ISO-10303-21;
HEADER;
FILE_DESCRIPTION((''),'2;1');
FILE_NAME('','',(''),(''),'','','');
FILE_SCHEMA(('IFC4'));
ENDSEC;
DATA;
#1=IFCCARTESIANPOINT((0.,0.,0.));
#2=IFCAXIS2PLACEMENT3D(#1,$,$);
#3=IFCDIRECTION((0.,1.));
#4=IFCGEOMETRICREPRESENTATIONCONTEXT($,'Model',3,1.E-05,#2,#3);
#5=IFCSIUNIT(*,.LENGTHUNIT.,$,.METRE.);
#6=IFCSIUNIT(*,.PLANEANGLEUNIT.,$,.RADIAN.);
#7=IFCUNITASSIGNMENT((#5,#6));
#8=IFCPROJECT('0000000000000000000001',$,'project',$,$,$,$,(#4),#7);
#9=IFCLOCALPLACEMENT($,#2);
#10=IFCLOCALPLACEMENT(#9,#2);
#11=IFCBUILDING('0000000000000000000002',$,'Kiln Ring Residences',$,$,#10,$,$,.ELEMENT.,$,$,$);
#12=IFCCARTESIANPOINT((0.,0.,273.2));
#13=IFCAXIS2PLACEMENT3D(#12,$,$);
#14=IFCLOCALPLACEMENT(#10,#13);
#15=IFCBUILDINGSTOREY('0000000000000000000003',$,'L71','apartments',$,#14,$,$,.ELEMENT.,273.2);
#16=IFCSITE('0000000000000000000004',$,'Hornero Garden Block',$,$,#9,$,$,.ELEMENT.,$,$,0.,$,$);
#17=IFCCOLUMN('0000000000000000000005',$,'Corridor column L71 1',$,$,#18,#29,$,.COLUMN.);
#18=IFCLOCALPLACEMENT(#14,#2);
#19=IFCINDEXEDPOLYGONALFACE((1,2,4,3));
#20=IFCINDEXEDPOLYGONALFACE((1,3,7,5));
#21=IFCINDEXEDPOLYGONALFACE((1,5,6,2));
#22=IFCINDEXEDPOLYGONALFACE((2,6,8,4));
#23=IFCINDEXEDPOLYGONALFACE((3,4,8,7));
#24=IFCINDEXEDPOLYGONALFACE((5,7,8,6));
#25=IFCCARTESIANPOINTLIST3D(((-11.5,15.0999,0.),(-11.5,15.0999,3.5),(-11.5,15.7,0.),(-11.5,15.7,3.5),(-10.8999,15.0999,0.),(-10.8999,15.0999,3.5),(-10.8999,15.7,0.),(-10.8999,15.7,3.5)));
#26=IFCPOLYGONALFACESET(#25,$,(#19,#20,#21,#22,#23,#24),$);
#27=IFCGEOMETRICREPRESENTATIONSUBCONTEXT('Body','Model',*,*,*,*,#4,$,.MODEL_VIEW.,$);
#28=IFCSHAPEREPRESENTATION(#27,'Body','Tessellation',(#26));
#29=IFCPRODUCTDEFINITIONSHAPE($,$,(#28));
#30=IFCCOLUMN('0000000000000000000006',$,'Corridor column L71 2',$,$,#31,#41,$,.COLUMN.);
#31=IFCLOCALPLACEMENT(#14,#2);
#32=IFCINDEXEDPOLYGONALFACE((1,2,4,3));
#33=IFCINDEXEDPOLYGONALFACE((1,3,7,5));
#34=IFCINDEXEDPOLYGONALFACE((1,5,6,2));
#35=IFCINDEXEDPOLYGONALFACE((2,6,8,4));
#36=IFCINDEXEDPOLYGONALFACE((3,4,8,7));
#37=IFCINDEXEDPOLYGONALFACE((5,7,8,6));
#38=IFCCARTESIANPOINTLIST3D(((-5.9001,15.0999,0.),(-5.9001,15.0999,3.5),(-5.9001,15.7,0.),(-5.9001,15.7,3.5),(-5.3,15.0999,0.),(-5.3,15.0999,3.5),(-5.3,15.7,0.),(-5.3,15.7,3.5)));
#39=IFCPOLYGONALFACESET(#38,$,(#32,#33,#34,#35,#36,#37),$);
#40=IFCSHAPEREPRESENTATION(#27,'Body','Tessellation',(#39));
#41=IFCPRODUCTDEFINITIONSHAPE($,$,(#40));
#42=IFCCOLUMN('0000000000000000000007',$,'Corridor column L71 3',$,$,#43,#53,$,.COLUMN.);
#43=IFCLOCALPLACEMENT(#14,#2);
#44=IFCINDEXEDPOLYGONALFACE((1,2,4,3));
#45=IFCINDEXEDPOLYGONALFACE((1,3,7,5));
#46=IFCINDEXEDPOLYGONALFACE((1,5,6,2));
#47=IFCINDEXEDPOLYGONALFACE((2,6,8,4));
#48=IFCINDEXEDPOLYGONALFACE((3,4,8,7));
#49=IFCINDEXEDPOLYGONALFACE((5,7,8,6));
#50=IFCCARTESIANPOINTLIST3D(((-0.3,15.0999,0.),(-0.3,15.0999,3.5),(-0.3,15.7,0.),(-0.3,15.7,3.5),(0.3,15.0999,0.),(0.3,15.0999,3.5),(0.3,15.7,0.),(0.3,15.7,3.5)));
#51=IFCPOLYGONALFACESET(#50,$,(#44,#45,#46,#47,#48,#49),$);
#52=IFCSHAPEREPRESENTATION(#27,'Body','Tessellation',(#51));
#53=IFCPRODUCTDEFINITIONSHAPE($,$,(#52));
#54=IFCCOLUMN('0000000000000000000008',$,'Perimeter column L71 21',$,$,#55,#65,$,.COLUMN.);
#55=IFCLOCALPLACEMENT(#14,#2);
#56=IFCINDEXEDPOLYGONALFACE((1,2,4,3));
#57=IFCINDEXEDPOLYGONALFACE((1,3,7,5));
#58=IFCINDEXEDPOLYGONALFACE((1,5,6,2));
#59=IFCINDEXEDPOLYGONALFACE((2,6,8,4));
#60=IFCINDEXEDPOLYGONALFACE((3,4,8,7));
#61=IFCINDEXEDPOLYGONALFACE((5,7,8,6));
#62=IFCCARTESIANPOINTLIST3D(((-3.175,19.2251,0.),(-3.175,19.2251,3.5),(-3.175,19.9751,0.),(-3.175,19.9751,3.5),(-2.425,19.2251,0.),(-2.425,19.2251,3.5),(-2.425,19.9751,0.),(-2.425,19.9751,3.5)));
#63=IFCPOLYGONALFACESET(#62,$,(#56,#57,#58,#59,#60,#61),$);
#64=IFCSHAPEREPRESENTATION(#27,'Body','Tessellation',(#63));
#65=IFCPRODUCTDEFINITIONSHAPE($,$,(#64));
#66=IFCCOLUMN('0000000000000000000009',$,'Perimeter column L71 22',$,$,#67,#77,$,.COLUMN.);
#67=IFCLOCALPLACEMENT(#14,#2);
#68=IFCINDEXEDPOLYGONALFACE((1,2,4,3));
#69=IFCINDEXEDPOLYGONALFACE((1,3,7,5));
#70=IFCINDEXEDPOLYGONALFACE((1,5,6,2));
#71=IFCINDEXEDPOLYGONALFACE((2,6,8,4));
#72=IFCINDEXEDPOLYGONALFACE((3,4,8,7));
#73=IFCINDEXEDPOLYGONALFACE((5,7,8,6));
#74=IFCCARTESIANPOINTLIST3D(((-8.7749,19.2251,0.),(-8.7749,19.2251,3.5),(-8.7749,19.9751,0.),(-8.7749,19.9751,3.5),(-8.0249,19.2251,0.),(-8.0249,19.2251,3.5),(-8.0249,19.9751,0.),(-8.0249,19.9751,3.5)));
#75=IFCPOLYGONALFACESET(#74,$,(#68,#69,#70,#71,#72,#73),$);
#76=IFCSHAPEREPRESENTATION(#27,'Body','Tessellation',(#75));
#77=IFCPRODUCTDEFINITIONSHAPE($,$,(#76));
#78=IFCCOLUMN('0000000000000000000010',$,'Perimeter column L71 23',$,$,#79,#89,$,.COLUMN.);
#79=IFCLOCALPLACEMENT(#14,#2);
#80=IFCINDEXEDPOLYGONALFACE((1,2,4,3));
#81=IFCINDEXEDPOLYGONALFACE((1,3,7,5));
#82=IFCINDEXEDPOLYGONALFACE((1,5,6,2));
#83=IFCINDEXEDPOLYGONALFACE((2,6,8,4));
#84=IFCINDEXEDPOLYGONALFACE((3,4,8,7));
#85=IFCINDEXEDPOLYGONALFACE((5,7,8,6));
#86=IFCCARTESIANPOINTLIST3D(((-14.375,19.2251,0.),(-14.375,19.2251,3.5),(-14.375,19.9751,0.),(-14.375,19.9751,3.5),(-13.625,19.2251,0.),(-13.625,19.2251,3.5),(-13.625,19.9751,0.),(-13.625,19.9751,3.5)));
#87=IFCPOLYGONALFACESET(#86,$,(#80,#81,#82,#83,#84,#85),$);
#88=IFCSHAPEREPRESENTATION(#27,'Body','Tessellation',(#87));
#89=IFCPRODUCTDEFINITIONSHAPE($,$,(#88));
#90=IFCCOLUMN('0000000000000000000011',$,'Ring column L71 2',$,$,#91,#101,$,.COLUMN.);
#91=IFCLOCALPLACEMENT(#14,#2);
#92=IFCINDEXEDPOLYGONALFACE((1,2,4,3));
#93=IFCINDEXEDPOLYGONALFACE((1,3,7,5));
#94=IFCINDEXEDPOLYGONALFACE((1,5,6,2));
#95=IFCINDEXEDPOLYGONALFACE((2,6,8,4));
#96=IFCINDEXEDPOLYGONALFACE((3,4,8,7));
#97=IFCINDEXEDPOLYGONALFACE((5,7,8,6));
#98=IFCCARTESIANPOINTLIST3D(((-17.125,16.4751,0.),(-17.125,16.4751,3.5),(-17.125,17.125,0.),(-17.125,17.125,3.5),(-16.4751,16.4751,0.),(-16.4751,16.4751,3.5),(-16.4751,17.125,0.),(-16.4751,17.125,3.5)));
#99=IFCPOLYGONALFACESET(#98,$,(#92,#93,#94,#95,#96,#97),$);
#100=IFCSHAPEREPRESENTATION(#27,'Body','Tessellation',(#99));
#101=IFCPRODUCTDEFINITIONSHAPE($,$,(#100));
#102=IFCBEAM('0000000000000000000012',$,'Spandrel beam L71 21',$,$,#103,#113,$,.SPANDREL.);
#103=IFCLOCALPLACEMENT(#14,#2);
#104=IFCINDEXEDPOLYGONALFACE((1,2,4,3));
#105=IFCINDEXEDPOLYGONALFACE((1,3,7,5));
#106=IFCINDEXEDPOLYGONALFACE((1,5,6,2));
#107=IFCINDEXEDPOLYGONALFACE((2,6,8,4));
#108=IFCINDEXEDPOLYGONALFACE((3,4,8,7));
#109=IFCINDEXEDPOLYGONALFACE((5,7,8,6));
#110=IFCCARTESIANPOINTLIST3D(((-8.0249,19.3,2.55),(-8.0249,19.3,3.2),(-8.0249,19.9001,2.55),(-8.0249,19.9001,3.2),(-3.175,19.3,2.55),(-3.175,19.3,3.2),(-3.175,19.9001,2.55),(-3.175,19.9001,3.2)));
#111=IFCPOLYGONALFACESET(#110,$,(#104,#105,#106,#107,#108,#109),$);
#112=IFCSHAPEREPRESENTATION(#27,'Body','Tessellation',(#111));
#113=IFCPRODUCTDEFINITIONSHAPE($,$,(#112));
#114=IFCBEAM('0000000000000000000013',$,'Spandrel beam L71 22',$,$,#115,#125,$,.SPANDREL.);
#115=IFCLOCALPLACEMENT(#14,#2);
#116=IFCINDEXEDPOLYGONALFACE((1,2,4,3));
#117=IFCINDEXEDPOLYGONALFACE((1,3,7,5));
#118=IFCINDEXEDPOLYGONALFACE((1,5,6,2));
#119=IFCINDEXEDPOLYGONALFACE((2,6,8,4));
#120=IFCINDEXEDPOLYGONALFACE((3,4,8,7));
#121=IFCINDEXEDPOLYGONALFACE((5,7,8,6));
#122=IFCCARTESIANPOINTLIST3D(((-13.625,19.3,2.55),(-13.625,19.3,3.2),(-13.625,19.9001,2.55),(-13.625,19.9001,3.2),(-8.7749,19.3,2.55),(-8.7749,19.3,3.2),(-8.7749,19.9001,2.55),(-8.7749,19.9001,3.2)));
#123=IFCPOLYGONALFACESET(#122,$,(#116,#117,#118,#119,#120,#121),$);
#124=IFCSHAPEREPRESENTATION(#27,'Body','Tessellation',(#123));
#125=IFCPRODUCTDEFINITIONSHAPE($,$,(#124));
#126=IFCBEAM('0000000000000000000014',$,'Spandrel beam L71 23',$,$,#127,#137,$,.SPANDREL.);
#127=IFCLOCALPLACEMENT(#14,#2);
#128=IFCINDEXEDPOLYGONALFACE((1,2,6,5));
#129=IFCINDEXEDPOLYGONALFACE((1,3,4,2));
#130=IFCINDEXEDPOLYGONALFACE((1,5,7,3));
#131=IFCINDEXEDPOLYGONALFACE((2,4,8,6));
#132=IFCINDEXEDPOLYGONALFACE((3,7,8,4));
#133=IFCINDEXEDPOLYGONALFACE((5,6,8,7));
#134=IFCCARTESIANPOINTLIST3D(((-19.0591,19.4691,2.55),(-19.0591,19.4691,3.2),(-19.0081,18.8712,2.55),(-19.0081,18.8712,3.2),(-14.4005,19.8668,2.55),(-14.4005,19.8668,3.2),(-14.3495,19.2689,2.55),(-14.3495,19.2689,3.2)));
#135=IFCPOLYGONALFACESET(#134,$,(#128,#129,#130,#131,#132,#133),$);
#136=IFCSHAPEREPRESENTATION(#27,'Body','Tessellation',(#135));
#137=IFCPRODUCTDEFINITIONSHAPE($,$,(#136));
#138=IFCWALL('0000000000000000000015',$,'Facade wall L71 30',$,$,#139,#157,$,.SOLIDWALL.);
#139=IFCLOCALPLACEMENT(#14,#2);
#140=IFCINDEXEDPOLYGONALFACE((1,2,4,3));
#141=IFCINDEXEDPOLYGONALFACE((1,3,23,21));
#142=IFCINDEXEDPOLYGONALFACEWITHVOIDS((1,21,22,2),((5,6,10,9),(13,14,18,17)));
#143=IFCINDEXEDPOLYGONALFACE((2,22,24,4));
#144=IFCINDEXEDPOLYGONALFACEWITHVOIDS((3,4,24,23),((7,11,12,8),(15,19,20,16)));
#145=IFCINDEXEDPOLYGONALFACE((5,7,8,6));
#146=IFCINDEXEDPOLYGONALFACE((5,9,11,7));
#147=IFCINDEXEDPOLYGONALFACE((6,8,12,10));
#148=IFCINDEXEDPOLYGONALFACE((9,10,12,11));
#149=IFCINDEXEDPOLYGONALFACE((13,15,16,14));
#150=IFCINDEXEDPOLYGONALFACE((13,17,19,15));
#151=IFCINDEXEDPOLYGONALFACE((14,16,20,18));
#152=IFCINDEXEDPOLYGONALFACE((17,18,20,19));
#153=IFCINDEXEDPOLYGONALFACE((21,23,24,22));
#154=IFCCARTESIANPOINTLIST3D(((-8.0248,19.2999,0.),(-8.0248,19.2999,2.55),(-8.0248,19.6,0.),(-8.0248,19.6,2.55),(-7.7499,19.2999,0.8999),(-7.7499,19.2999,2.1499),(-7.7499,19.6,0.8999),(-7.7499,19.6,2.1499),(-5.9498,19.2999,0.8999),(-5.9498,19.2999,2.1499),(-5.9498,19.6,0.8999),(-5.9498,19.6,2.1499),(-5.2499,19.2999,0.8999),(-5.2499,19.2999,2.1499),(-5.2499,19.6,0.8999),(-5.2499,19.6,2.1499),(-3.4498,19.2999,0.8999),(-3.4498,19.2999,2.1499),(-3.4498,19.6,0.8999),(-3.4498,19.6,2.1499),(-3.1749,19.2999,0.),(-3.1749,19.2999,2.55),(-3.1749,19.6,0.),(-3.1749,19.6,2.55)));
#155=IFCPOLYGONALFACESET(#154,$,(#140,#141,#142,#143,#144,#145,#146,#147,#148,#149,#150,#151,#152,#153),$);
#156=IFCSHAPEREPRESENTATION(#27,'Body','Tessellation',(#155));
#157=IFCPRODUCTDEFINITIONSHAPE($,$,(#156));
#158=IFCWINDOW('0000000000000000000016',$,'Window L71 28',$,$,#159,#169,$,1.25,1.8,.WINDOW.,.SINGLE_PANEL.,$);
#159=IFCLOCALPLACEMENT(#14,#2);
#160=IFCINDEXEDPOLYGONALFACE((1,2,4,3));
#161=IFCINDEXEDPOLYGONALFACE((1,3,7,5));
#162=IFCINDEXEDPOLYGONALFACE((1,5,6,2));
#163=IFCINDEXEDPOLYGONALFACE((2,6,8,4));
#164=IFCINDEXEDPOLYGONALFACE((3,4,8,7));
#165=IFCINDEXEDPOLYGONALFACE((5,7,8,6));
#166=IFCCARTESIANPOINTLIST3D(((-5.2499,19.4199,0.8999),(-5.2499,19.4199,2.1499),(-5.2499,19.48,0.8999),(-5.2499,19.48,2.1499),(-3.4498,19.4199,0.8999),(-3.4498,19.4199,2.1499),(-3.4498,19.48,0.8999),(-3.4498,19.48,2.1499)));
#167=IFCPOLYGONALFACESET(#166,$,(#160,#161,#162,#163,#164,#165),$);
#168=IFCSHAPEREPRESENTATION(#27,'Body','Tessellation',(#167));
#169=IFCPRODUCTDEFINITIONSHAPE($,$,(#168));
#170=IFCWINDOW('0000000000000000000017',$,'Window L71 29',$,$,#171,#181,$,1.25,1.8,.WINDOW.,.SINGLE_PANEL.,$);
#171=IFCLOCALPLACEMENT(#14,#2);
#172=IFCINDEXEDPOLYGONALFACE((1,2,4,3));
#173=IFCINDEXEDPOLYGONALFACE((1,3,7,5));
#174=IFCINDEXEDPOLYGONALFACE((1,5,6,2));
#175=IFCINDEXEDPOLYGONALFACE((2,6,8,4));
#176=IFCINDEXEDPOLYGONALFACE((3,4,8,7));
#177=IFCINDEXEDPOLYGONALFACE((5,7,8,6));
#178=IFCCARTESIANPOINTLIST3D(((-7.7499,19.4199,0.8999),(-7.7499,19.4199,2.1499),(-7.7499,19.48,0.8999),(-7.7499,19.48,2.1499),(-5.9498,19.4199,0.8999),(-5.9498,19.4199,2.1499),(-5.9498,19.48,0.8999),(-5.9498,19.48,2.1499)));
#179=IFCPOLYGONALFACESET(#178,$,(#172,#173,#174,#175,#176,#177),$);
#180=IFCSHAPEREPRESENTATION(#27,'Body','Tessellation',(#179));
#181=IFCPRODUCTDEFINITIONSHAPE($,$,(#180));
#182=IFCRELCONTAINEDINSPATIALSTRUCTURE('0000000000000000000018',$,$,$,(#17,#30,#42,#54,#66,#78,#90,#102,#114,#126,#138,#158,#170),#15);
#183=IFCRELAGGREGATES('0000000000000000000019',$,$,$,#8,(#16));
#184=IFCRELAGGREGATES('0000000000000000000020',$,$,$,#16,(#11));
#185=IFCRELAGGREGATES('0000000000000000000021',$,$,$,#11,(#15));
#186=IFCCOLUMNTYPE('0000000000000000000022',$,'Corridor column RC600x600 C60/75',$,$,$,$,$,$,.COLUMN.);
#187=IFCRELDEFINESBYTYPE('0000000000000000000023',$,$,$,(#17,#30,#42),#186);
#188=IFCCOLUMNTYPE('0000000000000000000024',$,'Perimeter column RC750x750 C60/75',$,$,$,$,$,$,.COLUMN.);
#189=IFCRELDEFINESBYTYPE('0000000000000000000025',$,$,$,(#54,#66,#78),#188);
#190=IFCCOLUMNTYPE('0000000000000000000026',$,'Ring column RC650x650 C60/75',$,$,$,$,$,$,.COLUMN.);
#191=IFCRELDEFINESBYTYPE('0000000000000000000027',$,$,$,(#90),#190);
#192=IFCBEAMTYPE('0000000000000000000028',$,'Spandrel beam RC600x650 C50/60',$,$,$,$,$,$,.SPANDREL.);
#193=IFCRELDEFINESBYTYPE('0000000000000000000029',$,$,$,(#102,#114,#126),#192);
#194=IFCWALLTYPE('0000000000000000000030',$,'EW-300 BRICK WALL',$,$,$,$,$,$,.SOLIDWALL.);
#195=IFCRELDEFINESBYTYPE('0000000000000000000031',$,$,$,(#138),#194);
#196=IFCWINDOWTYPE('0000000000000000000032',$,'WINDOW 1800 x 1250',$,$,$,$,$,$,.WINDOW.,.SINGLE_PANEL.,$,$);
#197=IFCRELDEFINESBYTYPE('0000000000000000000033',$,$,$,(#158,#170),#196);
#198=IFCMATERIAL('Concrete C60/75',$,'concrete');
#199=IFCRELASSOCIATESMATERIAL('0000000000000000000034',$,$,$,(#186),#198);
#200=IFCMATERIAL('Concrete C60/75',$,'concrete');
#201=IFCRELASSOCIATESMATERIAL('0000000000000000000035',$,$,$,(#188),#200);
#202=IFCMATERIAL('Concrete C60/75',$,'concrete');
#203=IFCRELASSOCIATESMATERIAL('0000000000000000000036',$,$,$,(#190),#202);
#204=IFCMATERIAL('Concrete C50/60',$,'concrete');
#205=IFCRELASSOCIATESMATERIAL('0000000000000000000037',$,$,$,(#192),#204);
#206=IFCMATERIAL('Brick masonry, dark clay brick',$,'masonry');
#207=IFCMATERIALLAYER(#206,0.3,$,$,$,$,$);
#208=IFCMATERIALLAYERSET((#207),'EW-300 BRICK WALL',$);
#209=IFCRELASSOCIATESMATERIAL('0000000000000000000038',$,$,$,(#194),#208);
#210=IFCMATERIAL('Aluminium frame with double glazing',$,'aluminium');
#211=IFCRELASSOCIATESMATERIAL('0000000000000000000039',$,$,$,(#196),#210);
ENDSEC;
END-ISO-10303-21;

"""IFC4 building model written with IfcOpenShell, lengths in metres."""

from ifc_helpers import new_model, si_unit, direction, frame, frame_2d, origin, origin_2d, place, context, subcontext, project, spatial, rectangle, extrude, material, layer, layer_set, material_profile, profile_set, type_object, element, fill, save


model = new_model("IFC4")

# Units and contexts
model_context = context("Model", 3, precision=1e-05, world=origin(), true_north=direction((0.0, 1.0)))
body_context = subcontext(model_context, "Body", "Model", "MODEL_VIEW")
ifc_project = project(units=[si_unit("LENGTHUNIT", "METRE"), si_unit("PLANEANGLEUNIT", "RADIAN")], contexts=[model_context])

# Site, building, storey
site_placement = place(None, origin())
site = spatial("IfcSite", under=ifc_project, at=site_placement, Name="Hornero Garden Block", CompositionType="ELEMENT", RefElevation=0.0)
building_placement = place(site_placement, origin())
building = spatial("IfcBuilding", under=site, at=building_placement, Name="Kiln Ring Residences", CompositionType="ELEMENT")
storey_placement = place(building_placement, frame((0.0, 0.0, 273.2)))
storey = spatial("IfcBuildingStorey", under=building, at=storey_placement, Name="L71", Description="apartments", CompositionType="ELEMENT", Elevation=273.2)

# Columns
ifc_material_1 = material(Name="Concrete C60/75", Category="concrete")
ifc_material_profile_1 = material_profile(ifc_material_1, rectangle(XDim=0.6001, YDim=0.6001, at=origin_2d()), Name="RC600x600")
ifc_profile_set_1 = profile_set([ifc_material_profile_1], Name="Concrete C60/75")
column_type_1 = type_object("IfcColumnType", Name="Corridor column RC600x600 C60/75", PredefinedType="COLUMN", material=ifc_profile_set_1)
for number, where, z_axis, x_axis, name in (
    (1, (-11.2, 15.3999, 0.0), (0.0, 0.0, 1.0), (1.0, 0.0, 0.0), "Corridor column L71 1"),
    (2, (-5.6001, 15.3999, 0.0), (0.0, 0.0, 1.0), (1.0, 0.0, 0.0), "Corridor column L71 2"),
    (3, (0.0, 15.3999, 0.0), (0.0, 0.0, 1.0), (1.0, 0.0, 0.0), "Corridor column L71 3"),
):
    element("IfcColumn", number, at=place(storey_placement, frame(where, z_axis=z_axis, x_axis=x_axis)), inside=storey, type_object=column_type_1, Name=name, PredefinedType="COLUMN", context=body_context, shape_type="SweptSolid", body=[
        extrude(rectangle(XDim=0.6001, YDim=0.6001, at=origin_2d()), origin(), (0.0, 0.0, 1.0), 3.5),
    ])
ifc_material_2 = material(Name="Concrete C60/75", Category="concrete")
ifc_material_profile_2 = material_profile(ifc_material_2, rectangle(XDim=0.75, YDim=0.75, at=origin_2d()), Name="RC750x750")
ifc_profile_set_2 = profile_set([ifc_material_profile_2], Name="Concrete C60/75")
column_type_2 = type_object("IfcColumnType", Name="Perimeter column RC750x750 C60/75", PredefinedType="COLUMN", material=ifc_profile_set_2)
for number, where, z_axis, x_axis, name in (
    (4, (-2.8, 19.6001, 0.0), (0.0, 0.0, 1.0), (1.0, 0.0, 0.0), "Perimeter column L71 21"),
    (5, (-8.3999, 19.6001, 0.0), (0.0, 0.0, 1.0), (1.0, 0.0, 0.0), "Perimeter column L71 22"),
    (6, (-14.0, 19.6001, 0.0), (0.0, 0.0, 1.0), (1.0, 0.0, 0.0), "Perimeter column L71 23"),
):
    element("IfcColumn", number, at=place(storey_placement, frame(where, z_axis=z_axis, x_axis=x_axis)), inside=storey, type_object=column_type_2, Name=name, PredefinedType="COLUMN", context=body_context, shape_type="SweptSolid", body=[
        extrude(rectangle(XDim=0.75, YDim=0.75, at=origin_2d()), origin(), (0.0, 0.0, 1.0), 3.5),
    ])
ifc_material_3 = material(Name="Concrete C60/75", Category="concrete")
ifc_material_profile_3 = material_profile(ifc_material_3, rectangle(XDim=0.6499, YDim=0.6499, at=origin_2d()), Name="RC650x650")
ifc_profile_set_3 = profile_set([ifc_material_profile_3], Name="Concrete C60/75")
column_type_3 = type_object("IfcColumnType", Name="Ring column RC650x650 C60/75", PredefinedType="COLUMN", material=ifc_profile_set_3)
column_placement = place(storey_placement, frame((-16.8, 16.8, 0.0), z_axis=(0.0, 0.0, 1.0), x_axis=(1.0, 0.0, 0.0)))
element("IfcColumn", 7, at=column_placement, inside=storey, type_object=column_type_3, Name="Ring column L71 2", PredefinedType="COLUMN", context=body_context, shape_type="SweptSolid", body=[
    extrude(rectangle(XDim=0.6499, YDim=0.6499, at=origin_2d()), origin(), (0.0, 0.0, 1.0), 3.5),
])

# Beams
ifc_material_4 = material(Name="Concrete C50/60", Category="concrete")
ifc_material_profile_4 = material_profile(ifc_material_4, rectangle(XDim=0.6001, YDim=0.6499, at=origin_2d()), Name="RC600x650")
ifc_profile_set_4 = profile_set([ifc_material_profile_4], Name="Concrete C50/60")
beam_type = type_object("IfcBeamType", Name="Spandrel beam RC600x650 C50/60", PredefinedType="SPANDREL", material=ifc_profile_set_4)
beam_1_placement = place(storey_placement, frame((-3.175, 19.6001, 2.875), z_axis=(-1.0, 0.0, 0.0), x_axis=(0.0, -1.0, 0.0)))
element("IfcBeam", 8, at=beam_1_placement, inside=storey, type_object=beam_type, Name="Spandrel beam L71 21", PredefinedType="SPANDREL", context=body_context, shape_type="SweptSolid", body=[
    extrude(rectangle(XDim=0.6001, YDim=0.6499, at=origin_2d()), origin(), (0.0, 0.0, 1.0), 4.8499),
])
beam_2_placement = place(storey_placement, frame((-8.7749, 19.6001, 2.875), z_axis=(-1.0, 0.0, 0.0), x_axis=(0.0, -1.0, 0.0)))
element("IfcBeam", 9, at=beam_2_placement, inside=storey, type_object=beam_type, Name="Spandrel beam L71 22", PredefinedType="SPANDREL", context=body_context, shape_type="SweptSolid", body=[
    extrude(rectangle(XDim=0.6001, YDim=0.6499, at=origin_2d()), origin(), (0.0, 0.0, 1.0), 4.8501),
])
beam_3_placement = place(storey_placement, frame((-14.375, 19.5679, 2.875), z_axis=(-0.996376, -0.085059, 0.0), x_axis=(0.085059, -0.996376, 0.0)))
element("IfcBeam", 10, at=beam_3_placement, inside=storey, type_object=beam_type, Name="Spandrel beam L71 23", PredefinedType="SPANDREL", context=body_context, shape_type="SweptSolid", body=[
    extrude(rectangle(XDim=0.6001, YDim=0.6499, at=origin_2d()), origin(), (0.0, 0.0, 1.0), 4.6755),
])

# Wall, openings, windows
ifc_material_5 = material(Name="Brick masonry, dark clay brick", Category="masonry")
ifc_layer_1 = layer(ifc_material_5, 0.3)
ifc_layer_set_1 = layer_set([ifc_layer_1], Name="EW-300 BRICK WALL")
wall_type_1 = type_object("IfcWallType", Name="EW-300 BRICK WALL", PredefinedType="SOLIDWALL", material=ifc_layer_set_1)
wall_1_placement = place(storey_placement, frame((-3.175, 19.45, 0.0), z_axis=(0.0, 0.0, 1.0), x_axis=(-1.0, 0.0, 0.0)))
wall_1 = element("IfcWall", 11, at=wall_1_placement, inside=storey, type_object=wall_type_1, Name="Facade wall L71 30", PredefinedType="SOLIDWALL", context=body_context, shape_type="SweptSolid", body=[
    extrude(rectangle(XDim=4.8499, YDim=0.3, at=frame_2d((2.4248, 0.0))), origin(), (0.0, 0.0, 1.0), 2.55),
])
opening_1_placement = place(wall_1_placement, frame((0.2749, 0.0, 0.8999)))
opening_1 = element("IfcOpeningElement", 12, at=opening_1_placement, cuts=wall_1, PredefinedType="OPENING", context=body_context, shape_type="SweptSolid", body=[
    extrude(rectangle(XDim=1.8, YDim=1.25, at=frame_2d((0.8999, 0.625))), frame((0.0, 0.1599, 0.0), z_axis=(0.0, -1.0, 0.0), x_axis=(1.0, 0.0, 0.0)), (0.0, 0.0, 1.0), 0.3201),
])
opening_2_placement = place(wall_1_placement, frame((2.7749, 0.0, 0.8999)))
opening_2 = element("IfcOpeningElement", 13, at=opening_2_placement, cuts=wall_1, PredefinedType="OPENING", context=body_context, shape_type="SweptSolid", body=[
    extrude(rectangle(XDim=1.8, YDim=1.25, at=frame_2d((0.8999, 0.625))), frame((0.0, 0.1599, 0.0), z_axis=(0.0, -1.0, 0.0), x_axis=(1.0, 0.0, 0.0)), (0.0, 0.0, 1.0), 0.3201),
])
ifc_material_6 = material(Name="Aluminium frame with double glazing", Category="aluminium")
window_type_1 = type_object("IfcWindowType", Name="WINDOW 1800 x 1250", PartitioningType="SINGLE_PANEL", PredefinedType="WINDOW", material=ifc_material_6)
window_1_placement = place(opening_1_placement, origin())
window_1 = element("IfcWindow", 14, at=window_1_placement, inside=storey, type_object=window_type_1, Name="Window L71 28", OverallHeight=1.25, OverallWidth=1.8, PartitioningType="SINGLE_PANEL", PredefinedType="WINDOW", context=body_context, shape_type="SweptSolid", body=[
    extrude(rectangle(XDim=1.8, YDim=1.25, at=frame_2d((0.8999, 0.625))), frame((0.0, 0.03, 0.0), z_axis=(0.0, -1.0, 0.0), x_axis=(1.0, 0.0, 0.0)), (0.0, 0.0, 1.0), 0.0601),
])
fill(opening_1, window_1)
window_2_placement = place(opening_2_placement, origin())
window_2 = element("IfcWindow", 15, at=window_2_placement, inside=storey, type_object=window_type_1, Name="Window L71 29", OverallHeight=1.25, OverallWidth=1.8, PartitioningType="SINGLE_PANEL", PredefinedType="WINDOW", context=body_context, shape_type="SweptSolid", body=[
    extrude(rectangle(XDim=1.8, YDim=1.25, at=frame_2d((0.8999, 0.625))), frame((0.0, 0.03, 0.0), z_axis=(0.0, -1.0, 0.0), x_axis=(1.0, 0.0, 0.0)), (0.0, 0.0, 1.0), 0.0601),
])
fill(opening_2, window_2)

save(model, "model.ifc")
